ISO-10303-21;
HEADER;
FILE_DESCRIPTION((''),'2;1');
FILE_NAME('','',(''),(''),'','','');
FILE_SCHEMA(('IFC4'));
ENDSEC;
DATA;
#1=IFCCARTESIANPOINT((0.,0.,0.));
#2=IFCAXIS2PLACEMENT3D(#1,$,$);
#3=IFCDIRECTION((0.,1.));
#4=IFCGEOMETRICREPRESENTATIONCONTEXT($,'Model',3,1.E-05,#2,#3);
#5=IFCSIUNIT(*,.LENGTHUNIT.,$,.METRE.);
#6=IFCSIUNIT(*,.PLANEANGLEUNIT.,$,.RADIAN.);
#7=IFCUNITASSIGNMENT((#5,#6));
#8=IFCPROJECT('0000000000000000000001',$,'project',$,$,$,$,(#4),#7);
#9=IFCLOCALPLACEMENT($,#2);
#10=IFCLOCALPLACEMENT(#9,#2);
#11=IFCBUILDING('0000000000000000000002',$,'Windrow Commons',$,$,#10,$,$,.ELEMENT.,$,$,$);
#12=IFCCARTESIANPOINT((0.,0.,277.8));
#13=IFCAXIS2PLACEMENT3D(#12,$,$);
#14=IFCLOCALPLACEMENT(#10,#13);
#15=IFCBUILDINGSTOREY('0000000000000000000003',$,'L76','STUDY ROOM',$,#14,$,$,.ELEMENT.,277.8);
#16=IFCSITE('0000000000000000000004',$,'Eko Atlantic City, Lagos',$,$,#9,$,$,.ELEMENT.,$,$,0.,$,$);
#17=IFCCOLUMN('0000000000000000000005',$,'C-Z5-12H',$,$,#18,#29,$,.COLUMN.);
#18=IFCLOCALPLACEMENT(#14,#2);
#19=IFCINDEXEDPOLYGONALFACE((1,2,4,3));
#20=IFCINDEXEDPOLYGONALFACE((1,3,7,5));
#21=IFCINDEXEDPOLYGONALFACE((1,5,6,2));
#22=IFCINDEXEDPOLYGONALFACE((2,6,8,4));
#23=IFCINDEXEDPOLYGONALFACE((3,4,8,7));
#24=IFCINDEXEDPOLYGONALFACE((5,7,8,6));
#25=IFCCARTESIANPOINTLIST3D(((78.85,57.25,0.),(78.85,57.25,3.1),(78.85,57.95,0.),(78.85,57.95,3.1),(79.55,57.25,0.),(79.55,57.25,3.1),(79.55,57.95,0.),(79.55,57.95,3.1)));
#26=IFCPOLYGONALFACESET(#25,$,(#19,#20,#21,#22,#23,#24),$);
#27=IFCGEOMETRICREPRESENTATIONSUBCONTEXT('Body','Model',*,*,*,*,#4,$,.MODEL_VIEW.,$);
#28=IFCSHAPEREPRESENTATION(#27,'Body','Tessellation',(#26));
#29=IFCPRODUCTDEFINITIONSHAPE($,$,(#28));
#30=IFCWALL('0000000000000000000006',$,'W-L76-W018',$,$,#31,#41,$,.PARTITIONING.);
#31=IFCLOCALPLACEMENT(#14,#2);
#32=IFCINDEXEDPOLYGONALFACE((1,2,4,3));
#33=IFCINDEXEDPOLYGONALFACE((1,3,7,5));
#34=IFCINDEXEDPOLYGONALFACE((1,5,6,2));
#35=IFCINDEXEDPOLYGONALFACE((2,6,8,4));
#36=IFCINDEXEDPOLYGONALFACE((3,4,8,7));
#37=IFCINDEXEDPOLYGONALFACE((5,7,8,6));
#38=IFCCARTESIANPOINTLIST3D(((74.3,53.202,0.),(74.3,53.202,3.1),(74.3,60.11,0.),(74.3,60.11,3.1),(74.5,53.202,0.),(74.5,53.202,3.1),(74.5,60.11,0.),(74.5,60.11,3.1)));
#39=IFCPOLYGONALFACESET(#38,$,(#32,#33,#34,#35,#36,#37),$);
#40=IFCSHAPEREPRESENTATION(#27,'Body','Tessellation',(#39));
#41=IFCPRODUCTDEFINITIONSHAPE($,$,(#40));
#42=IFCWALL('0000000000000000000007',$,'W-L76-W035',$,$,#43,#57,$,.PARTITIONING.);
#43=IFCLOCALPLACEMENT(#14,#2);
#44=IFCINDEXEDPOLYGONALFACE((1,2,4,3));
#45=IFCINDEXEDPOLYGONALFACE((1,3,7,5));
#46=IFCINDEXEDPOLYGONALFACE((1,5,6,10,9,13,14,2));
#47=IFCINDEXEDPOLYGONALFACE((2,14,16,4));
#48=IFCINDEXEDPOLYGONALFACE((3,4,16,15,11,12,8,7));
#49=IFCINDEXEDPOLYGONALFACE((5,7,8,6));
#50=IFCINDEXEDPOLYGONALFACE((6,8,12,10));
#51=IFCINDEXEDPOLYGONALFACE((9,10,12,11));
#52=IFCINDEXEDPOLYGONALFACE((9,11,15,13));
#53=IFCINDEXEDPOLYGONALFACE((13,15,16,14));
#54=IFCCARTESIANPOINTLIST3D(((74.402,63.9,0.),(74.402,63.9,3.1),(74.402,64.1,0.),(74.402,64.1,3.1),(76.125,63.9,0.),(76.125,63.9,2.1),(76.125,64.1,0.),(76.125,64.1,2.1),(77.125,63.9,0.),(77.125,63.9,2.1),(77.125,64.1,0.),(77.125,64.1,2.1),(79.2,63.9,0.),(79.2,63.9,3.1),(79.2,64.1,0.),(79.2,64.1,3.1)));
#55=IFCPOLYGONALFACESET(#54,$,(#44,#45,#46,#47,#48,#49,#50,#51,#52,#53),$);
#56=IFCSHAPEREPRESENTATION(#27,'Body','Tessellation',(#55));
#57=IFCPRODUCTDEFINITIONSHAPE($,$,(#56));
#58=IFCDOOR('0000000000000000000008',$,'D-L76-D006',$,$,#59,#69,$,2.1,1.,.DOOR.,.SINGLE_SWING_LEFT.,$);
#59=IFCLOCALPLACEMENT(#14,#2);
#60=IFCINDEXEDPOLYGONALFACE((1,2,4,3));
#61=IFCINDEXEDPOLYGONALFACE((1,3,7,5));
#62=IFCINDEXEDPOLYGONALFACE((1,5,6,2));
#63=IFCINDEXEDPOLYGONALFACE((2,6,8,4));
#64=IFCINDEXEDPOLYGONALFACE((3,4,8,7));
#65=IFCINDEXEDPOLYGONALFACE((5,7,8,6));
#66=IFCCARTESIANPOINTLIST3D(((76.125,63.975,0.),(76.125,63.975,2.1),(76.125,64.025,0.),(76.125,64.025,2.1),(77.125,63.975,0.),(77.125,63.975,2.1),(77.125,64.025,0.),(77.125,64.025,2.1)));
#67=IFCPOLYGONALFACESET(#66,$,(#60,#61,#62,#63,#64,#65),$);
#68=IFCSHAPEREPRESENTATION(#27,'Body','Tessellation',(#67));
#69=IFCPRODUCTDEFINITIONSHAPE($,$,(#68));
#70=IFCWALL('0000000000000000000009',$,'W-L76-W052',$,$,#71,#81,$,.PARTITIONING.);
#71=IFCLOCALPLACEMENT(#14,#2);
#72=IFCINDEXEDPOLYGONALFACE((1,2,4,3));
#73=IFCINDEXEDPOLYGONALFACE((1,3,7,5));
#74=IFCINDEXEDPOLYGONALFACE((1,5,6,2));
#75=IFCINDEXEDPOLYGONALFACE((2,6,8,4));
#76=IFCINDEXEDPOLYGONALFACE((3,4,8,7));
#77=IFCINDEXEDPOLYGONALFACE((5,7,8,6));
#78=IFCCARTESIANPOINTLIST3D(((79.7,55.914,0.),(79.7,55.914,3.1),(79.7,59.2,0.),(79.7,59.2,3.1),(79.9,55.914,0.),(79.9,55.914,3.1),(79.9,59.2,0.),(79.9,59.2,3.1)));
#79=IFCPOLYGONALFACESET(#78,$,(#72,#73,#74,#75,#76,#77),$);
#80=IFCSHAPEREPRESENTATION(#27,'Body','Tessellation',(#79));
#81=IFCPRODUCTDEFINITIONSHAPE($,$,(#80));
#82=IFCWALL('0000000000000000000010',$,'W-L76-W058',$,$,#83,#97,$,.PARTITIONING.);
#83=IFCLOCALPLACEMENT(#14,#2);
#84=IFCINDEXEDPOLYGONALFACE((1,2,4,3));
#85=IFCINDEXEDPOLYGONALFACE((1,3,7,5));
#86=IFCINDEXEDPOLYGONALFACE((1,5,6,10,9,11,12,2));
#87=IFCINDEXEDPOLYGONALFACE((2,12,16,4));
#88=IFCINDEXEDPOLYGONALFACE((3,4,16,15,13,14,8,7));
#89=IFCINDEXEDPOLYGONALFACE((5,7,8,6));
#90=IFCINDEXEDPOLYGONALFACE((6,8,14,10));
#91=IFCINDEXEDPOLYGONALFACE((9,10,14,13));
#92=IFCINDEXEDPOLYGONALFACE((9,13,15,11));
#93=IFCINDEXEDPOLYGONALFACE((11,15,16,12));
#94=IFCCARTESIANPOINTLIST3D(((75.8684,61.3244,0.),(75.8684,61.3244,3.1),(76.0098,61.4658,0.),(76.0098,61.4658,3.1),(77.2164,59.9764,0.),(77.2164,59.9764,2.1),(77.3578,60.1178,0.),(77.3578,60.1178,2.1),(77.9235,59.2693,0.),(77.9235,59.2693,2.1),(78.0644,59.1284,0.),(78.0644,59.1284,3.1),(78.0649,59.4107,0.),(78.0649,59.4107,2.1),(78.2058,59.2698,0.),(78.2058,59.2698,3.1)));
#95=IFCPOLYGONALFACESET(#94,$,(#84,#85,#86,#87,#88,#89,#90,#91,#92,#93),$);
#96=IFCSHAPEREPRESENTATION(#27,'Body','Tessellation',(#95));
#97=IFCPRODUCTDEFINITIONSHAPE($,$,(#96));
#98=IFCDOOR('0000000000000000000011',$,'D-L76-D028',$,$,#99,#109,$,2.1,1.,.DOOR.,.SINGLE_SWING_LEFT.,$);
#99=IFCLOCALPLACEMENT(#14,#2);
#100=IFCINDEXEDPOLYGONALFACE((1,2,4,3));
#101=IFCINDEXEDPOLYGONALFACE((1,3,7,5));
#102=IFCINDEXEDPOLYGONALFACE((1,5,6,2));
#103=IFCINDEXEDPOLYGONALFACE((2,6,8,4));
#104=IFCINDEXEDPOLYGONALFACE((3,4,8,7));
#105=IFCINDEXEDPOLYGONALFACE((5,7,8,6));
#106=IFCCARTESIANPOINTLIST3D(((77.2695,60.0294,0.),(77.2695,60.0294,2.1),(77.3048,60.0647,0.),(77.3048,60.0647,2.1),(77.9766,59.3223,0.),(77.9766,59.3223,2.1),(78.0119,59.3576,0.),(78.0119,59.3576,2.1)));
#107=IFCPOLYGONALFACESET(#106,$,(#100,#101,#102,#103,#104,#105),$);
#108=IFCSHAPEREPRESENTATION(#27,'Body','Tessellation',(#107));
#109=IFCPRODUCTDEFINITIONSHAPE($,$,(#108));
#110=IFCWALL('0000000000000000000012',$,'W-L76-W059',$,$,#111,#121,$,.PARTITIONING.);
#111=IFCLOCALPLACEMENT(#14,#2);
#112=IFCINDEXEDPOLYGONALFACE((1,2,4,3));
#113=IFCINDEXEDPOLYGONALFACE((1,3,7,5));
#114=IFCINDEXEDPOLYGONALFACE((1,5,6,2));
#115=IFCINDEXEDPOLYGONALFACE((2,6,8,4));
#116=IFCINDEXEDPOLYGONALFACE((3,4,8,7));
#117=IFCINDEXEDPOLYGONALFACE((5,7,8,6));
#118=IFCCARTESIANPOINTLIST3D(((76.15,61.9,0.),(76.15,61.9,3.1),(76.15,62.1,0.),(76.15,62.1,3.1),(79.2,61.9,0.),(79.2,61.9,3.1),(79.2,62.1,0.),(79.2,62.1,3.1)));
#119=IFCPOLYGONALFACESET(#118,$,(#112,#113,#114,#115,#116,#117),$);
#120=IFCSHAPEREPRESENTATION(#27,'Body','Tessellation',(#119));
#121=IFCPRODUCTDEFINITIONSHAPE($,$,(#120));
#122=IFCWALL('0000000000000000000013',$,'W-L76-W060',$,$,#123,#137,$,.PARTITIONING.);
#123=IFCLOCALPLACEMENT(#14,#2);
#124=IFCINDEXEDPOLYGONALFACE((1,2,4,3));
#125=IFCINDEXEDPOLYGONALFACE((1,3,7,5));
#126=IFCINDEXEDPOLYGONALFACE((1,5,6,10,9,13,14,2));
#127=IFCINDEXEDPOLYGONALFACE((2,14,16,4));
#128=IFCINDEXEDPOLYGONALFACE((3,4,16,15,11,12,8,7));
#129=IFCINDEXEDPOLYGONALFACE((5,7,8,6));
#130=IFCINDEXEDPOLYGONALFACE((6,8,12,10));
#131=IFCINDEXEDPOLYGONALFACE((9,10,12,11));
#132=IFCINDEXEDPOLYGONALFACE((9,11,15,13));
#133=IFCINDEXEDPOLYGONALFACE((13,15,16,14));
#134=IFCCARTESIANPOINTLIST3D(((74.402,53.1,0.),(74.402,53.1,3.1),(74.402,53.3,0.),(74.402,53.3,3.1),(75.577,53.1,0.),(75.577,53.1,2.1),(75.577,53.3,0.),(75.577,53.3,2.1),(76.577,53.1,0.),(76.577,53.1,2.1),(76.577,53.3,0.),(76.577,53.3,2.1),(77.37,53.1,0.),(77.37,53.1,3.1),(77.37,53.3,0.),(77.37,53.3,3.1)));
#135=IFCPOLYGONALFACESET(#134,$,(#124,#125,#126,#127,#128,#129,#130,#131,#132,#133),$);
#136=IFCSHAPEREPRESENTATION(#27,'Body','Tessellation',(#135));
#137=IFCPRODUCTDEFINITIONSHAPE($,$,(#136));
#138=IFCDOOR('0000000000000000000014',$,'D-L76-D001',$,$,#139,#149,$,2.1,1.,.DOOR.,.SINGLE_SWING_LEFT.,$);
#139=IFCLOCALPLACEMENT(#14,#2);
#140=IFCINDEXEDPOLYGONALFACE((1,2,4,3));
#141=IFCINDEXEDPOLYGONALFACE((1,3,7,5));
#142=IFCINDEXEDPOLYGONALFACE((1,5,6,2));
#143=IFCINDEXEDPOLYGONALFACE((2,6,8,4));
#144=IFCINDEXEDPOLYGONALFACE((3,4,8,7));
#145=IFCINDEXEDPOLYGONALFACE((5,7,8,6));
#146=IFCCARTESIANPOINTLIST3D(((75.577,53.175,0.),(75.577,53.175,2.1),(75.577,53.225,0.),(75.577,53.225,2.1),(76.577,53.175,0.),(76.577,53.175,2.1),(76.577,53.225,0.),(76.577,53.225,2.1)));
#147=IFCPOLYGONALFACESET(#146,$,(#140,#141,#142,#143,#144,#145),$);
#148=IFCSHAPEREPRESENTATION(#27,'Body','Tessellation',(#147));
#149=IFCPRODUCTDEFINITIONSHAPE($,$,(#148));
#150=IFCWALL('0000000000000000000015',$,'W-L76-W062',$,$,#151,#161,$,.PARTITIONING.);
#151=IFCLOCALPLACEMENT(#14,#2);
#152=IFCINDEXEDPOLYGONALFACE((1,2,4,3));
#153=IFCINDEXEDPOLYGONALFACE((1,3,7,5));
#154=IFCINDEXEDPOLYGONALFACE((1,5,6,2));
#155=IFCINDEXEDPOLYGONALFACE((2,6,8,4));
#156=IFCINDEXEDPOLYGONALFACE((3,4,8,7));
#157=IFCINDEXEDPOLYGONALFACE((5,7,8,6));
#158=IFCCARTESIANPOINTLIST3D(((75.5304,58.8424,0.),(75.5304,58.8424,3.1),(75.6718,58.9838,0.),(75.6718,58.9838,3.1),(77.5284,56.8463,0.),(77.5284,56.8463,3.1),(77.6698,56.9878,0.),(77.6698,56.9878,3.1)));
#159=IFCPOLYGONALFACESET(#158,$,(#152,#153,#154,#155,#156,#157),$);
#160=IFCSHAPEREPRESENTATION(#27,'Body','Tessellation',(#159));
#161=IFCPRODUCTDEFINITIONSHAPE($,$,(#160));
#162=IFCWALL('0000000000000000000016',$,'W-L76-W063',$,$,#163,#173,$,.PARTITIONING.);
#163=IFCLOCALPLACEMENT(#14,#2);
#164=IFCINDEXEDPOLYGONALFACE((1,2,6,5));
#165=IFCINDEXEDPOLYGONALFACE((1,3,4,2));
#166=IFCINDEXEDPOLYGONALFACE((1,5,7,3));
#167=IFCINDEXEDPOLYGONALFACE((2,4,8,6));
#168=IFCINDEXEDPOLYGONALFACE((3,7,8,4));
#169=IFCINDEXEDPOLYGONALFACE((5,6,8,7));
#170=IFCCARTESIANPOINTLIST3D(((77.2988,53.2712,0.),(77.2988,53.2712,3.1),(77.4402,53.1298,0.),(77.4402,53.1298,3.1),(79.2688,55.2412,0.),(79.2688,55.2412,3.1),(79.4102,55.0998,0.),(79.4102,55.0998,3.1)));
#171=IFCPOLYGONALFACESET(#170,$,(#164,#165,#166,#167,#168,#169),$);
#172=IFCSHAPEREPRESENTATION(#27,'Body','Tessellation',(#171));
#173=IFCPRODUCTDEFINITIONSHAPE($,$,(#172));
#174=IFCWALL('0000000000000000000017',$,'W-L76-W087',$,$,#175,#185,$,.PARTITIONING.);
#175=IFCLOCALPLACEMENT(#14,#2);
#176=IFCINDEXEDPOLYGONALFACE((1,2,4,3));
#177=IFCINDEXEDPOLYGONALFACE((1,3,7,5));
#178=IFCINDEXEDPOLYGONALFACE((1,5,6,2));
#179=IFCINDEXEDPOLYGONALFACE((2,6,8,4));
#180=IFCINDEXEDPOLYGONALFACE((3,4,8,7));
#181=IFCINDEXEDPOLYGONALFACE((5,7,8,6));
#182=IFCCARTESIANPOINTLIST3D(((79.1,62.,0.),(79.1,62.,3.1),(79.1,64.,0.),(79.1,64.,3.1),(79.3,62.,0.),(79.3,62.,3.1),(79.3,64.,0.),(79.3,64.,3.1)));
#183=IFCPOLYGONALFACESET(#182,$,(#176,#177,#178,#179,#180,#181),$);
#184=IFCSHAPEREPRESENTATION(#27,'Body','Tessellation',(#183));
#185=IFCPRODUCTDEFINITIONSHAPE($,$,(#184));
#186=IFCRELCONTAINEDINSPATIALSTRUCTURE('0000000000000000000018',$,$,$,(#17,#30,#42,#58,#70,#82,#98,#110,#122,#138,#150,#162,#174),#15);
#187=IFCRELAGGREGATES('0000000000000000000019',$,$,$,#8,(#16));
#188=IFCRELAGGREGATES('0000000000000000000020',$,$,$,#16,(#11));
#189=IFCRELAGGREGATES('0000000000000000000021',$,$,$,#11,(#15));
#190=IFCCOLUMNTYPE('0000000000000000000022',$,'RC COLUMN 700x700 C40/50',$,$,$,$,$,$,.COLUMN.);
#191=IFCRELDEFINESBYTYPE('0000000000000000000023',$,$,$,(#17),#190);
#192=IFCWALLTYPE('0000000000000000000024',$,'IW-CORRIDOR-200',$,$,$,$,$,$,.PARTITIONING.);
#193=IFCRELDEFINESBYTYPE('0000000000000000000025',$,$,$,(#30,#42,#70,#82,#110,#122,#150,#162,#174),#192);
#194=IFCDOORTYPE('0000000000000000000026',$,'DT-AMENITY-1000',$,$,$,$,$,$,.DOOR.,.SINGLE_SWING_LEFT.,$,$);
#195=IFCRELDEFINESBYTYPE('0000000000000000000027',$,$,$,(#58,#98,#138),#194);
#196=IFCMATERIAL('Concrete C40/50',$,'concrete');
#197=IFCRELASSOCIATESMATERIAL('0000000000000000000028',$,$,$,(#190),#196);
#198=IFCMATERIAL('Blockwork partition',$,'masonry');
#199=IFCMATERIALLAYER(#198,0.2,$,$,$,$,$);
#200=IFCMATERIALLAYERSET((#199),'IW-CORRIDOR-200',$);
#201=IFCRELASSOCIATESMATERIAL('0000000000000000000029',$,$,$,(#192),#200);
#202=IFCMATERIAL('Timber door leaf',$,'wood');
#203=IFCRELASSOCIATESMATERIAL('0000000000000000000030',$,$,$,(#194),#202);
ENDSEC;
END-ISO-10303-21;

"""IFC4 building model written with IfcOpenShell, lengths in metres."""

from ifc_helpers import new_model, si_unit, direction, frame, frame_2d, origin, origin_2d, place, context, subcontext, project, spatial, rectangle, extrude, material, layer, layer_set, material_profile, profile_set, type_object, element, fill, save


model = new_model("IFC4")

# Units and contexts
model_context = context("Model", 3, precision=1e-05, world=origin(), true_north=direction((0.0, 1.0)))
body_context = subcontext(model_context, "Body", "Model", "MODEL_VIEW")
ifc_project = project(units=[si_unit("LENGTHUNIT", "METRE"), si_unit("PLANEANGLEUNIT", "RADIAN")], contexts=[model_context])

# Site, building, storey
site_placement = place(None, origin())
site = spatial("IfcSite", under=ifc_project, at=site_placement, Name="Eko Atlantic City, Lagos", CompositionType="ELEMENT", RefElevation=0.0)
building_placement = place(site_placement, origin())
building = spatial("IfcBuilding", under=site, at=building_placement, Name="Windrow Commons", CompositionType="ELEMENT")
storey_placement = place(building_placement, frame((0.0, 0.0, 277.8)))
storey = spatial("IfcBuildingStorey", under=building, at=storey_placement, Name="L76", Description="STUDY ROOM", CompositionType="ELEMENT", Elevation=277.8)

# Column
ifc_material_1 = material(Name="Concrete C40/50", Category="concrete")
ifc_material_profile = material_profile(ifc_material_1, rectangle(XDim=0.7, YDim=0.7, at=origin_2d()))
ifc_profile_set = profile_set([ifc_material_profile], Name="Concrete C40/50")
column_type = type_object("IfcColumnType", Name="RC COLUMN 700x700 C40/50", PredefinedType="COLUMN", material=ifc_profile_set)
column_placement = place(storey_placement, frame((79.2, 57.6, 0.0), z_axis=(0.0, 0.0, 1.0), x_axis=(1.0, 0.0, 0.0)))
element("IfcColumn", 1, at=column_placement, inside=storey, type_object=column_type, Name="C-Z5-12H", PredefinedType="COLUMN", context=body_context, shape_type="SweptSolid", body=[
    extrude(rectangle(XDim=0.7, YDim=0.7, at=origin_2d()), origin(), (0.0, 0.0, 1.0), 3.1),
])

# Wall
ifc_material_2 = material(Name="Blockwork partition", Category="masonry")
ifc_layer_1 = layer(ifc_material_2, 0.2)
ifc_layer_set_1 = layer_set([ifc_layer_1], Name="IW-CORRIDOR-200")
wall_type_1 = type_object("IfcWallType", Name="IW-CORRIDOR-200", PredefinedType="PARTITIONING", material=ifc_layer_set_1)
wall_1_placement = place(storey_placement, frame((74.4, 53.202, 0.0), z_axis=(0.0, 0.0, 1.0), x_axis=(0.0, 1.0, 0.0)))
element("IfcWall", 2, at=wall_1_placement, inside=storey, type_object=wall_type_1, Name="W-L76-W018", PredefinedType="PARTITIONING", context=body_context, shape_type="SweptSolid", body=[
    extrude(rectangle(XDim=6.908, YDim=0.2, at=frame_2d((3.454, 0.0))), origin(), (0.0, 0.0, 1.0), 3.1),
])

# Wall, opening, door
wall_2_placement = place(storey_placement, frame((74.402, 64.0, 0.0), z_axis=(0.0, 0.0, 1.0), x_axis=(1.0, 0.0, 0.0)))
wall_2 = element("IfcWall", 3, at=wall_2_placement, inside=storey, type_object=wall_type_1, Name="W-L76-W035", PredefinedType="PARTITIONING", context=body_context, shape_type="SweptSolid", body=[
    extrude(rectangle(XDim=4.798, YDim=0.2, at=frame_2d((2.399, 0.0))), origin(), (0.0, 0.0, 1.0), 3.1),
])
opening_1_placement = place(wall_2_placement, frame((1.723, 0.0, 0.0)))
opening_1 = element("IfcOpeningElement", 4, at=opening_1_placement, cuts=wall_2, PredefinedType="OPENING", context=body_context, shape_type="SweptSolid", body=[
    extrude(rectangle(XDim=1.0, YDim=2.1, at=frame_2d((0.5, 1.05))), frame((0.0, 0.11, 0.0), z_axis=(0.0, -1.0, 0.0), x_axis=(1.0, 0.0, 0.0)), (0.0, 0.0, 1.0), 0.22),
])
ifc_material_3 = material(Name="Timber door leaf", Category="wood")
door_type = type_object("IfcDoorType", Name="DT-AMENITY-1000", OperationType="SINGLE_SWING_LEFT", PredefinedType="DOOR", material=ifc_material_3)
door_1_placement = place(opening_1_placement, origin())
door_1 = element("IfcDoor", 5, at=door_1_placement, inside=storey, type_object=door_type, Name="D-L76-D006", OperationType="SINGLE_SWING_LEFT", OverallHeight=2.1, OverallWidth=1.0, PredefinedType="DOOR", context=body_context, shape_type="SweptSolid", body=[
    extrude(rectangle(XDim=1.0, YDim=2.1, at=frame_2d((0.5, 1.05))), frame((0.0, 0.025, 0.0), z_axis=(0.0, -1.0, 0.0), x_axis=(1.0, 0.0, 0.0)), (0.0, 0.0, 1.0), 0.05),
])
fill(opening_1, door_1)

# Wall
wall_3_placement = place(storey_placement, frame((79.8, 55.914, 0.0), z_axis=(0.0, 0.0, 1.0), x_axis=(0.0, 1.0, 0.0)))
element("IfcWall", 6, at=wall_3_placement, inside=storey, type_object=wall_type_1, Name="W-L76-W052", PredefinedType="PARTITIONING", context=body_context, shape_type="SweptSolid", body=[
    extrude(rectangle(XDim=3.286, YDim=0.2, at=frame_2d((1.643, 0.0))), origin(), (0.0, 0.0, 1.0), 3.1),
])

# Wall, opening, door
wall_4_placement = place(storey_placement, frame((75.9391, 61.3951, 0.0), z_axis=(0.0, 0.0, 1.0), x_axis=(0.707107, -0.707107, 0.0)))
wall_4 = element("IfcWall", 7, at=wall_4_placement, inside=storey, type_object=wall_type_1, Name="W-L76-W058", PredefinedType="PARTITIONING", context=body_context, shape_type="SweptSolid", body=[
    extrude(rectangle(XDim=3.1056, YDim=0.2, at=frame_2d((1.5528, 0.0))), origin(), (0.0, 0.0, 1.0), 3.1),
])
opening_2_placement = place(wall_4_placement, frame((1.9064, 0.0, 0.0)))
opening_2 = element("IfcOpeningElement", 8, at=opening_2_placement, cuts=wall_4, PredefinedType="OPENING", context=body_context, shape_type="SweptSolid", body=[
    extrude(rectangle(XDim=1.0, YDim=2.1, at=frame_2d((0.5, 1.05))), frame((0.0, 0.11, 0.0), z_axis=(0.0, -1.0, 0.0), x_axis=(1.0, 0.0, 0.0)), (0.0, 0.0, 1.0), 0.22),
])
door_2_placement = place(opening_2_placement, origin())
door_2 = element("IfcDoor", 9, at=door_2_placement, inside=storey, type_object=door_type, Name="D-L76-D028", OperationType="SINGLE_SWING_LEFT", OverallHeight=2.1, OverallWidth=1.0, PredefinedType="DOOR", context=body_context, shape_type="SweptSolid", body=[
    extrude(rectangle(XDim=1.0, YDim=2.1, at=frame_2d((0.5, 1.05))), frame((0.0, 0.025, 0.0), z_axis=(0.0, -1.0, 0.0), x_axis=(1.0, 0.0, 0.0)), (0.0, 0.0, 1.0), 0.05),
])
fill(opening_2, door_2)

# Wall
wall_5_placement = place(storey_placement, frame((76.15, 62.0, 0.0), z_axis=(0.0, 0.0, 1.0), x_axis=(1.0, 0.0, 0.0)))
element("IfcWall", 10, at=wall_5_placement, inside=storey, type_object=wall_type_1, Name="W-L76-W059", PredefinedType="PARTITIONING", context=body_context, shape_type="SweptSolid", body=[
    extrude(rectangle(XDim=3.05, YDim=0.2, at=frame_2d((1.525, 0.0))), origin(), (0.0, 0.0, 1.0), 3.1),
])

# Wall, opening, door
wall_6_placement = place(storey_placement, frame((74.402, 53.2, 0.0), z_axis=(0.0, 0.0, 1.0), x_axis=(1.0, 0.0, 0.0)))
wall_6 = element("IfcWall", 11, at=wall_6_placement, inside=storey, type_object=wall_type_1, Name="W-L76-W060", PredefinedType="PARTITIONING", context=body_context, shape_type="SweptSolid", body=[
    extrude(rectangle(XDim=2.968, YDim=0.2, at=frame_2d((1.484, 0.0))), origin(), (0.0, 0.0, 1.0), 3.1),
])
opening_3_placement = place(wall_6_placement, frame((1.175, 0.0, 0.0)))
opening_3 = element("IfcOpeningElement", 12, at=opening_3_placement, cuts=wall_6, PredefinedType="OPENING", context=body_context, shape_type="SweptSolid", body=[
    extrude(rectangle(XDim=1.0, YDim=2.1, at=frame_2d((0.5, 1.05))), frame((0.0, 0.11, 0.0), z_axis=(0.0, -1.0, 0.0), x_axis=(1.0, 0.0, 0.0)), (0.0, 0.0, 1.0), 0.22),
])
door_3_placement = place(opening_3_placement, origin())
door_3 = element("IfcDoor", 13, at=door_3_placement, inside=storey, type_object=door_type, Name="D-L76-D001", OperationType="SINGLE_SWING_LEFT", OverallHeight=2.1, OverallWidth=1.0, PredefinedType="DOOR", context=body_context, shape_type="SweptSolid", body=[
    extrude(rectangle(XDim=1.0, YDim=2.1, at=frame_2d((0.5, 1.05))), frame((0.0, 0.025, 0.0), z_axis=(0.0, -1.0, 0.0), x_axis=(1.0, 0.0, 0.0)), (0.0, 0.0, 1.0), 0.05),
])
fill(opening_3, door_3)

# Walls
wall_7_placement = place(storey_placement, frame((75.6011, 58.9131, 0.0), z_axis=(0.0, 0.0, 1.0), x_axis=(0.707461, -0.706753, 0.0)))
element("IfcWall", 14, at=wall_7_placement, inside=storey, type_object=wall_type_1, Name="W-L76-W062", PredefinedType="PARTITIONING", context=body_context, shape_type="SweptSolid", body=[
    extrude(rectangle(XDim=2.8242, YDim=0.2, at=frame_2d((1.4121, 0.0))), origin(), (0.0, 0.0, 1.0), 3.1),
])
wall_8_placement = place(storey_placement, frame((77.3695, 53.2005, 0.0), z_axis=(0.0, 0.0, 1.0), x_axis=(0.707107, 0.707107, 0.0)))
element("IfcWall", 15, at=wall_8_placement, inside=storey, type_object=wall_type_1, Name="W-L76-W063", PredefinedType="PARTITIONING", context=body_context, shape_type="SweptSolid", body=[
    extrude(rectangle(XDim=2.786, YDim=0.2, at=frame_2d((1.393, 0.0))), origin(), (0.0, 0.0, 1.0), 3.1),
])
wall_9_placement = place(storey_placement, frame((79.2, 62.0, 0.0), z_axis=(0.0, 0.0, 1.0), x_axis=(0.0, 1.0, 0.0)))
element("IfcWall", 16, at=wall_9_placement, inside=storey, type_object=wall_type_1, Name="W-L76-W087", PredefinedType="PARTITIONING", context=body_context, shape_type="SweptSolid", body=[
    extrude(rectangle(XDim=2.0, YDim=0.2, at=frame_2d((1.0, 0.0))), origin(), (0.0, 0.0, 1.0), 3.1),
])

save(model, "model.ifc")
